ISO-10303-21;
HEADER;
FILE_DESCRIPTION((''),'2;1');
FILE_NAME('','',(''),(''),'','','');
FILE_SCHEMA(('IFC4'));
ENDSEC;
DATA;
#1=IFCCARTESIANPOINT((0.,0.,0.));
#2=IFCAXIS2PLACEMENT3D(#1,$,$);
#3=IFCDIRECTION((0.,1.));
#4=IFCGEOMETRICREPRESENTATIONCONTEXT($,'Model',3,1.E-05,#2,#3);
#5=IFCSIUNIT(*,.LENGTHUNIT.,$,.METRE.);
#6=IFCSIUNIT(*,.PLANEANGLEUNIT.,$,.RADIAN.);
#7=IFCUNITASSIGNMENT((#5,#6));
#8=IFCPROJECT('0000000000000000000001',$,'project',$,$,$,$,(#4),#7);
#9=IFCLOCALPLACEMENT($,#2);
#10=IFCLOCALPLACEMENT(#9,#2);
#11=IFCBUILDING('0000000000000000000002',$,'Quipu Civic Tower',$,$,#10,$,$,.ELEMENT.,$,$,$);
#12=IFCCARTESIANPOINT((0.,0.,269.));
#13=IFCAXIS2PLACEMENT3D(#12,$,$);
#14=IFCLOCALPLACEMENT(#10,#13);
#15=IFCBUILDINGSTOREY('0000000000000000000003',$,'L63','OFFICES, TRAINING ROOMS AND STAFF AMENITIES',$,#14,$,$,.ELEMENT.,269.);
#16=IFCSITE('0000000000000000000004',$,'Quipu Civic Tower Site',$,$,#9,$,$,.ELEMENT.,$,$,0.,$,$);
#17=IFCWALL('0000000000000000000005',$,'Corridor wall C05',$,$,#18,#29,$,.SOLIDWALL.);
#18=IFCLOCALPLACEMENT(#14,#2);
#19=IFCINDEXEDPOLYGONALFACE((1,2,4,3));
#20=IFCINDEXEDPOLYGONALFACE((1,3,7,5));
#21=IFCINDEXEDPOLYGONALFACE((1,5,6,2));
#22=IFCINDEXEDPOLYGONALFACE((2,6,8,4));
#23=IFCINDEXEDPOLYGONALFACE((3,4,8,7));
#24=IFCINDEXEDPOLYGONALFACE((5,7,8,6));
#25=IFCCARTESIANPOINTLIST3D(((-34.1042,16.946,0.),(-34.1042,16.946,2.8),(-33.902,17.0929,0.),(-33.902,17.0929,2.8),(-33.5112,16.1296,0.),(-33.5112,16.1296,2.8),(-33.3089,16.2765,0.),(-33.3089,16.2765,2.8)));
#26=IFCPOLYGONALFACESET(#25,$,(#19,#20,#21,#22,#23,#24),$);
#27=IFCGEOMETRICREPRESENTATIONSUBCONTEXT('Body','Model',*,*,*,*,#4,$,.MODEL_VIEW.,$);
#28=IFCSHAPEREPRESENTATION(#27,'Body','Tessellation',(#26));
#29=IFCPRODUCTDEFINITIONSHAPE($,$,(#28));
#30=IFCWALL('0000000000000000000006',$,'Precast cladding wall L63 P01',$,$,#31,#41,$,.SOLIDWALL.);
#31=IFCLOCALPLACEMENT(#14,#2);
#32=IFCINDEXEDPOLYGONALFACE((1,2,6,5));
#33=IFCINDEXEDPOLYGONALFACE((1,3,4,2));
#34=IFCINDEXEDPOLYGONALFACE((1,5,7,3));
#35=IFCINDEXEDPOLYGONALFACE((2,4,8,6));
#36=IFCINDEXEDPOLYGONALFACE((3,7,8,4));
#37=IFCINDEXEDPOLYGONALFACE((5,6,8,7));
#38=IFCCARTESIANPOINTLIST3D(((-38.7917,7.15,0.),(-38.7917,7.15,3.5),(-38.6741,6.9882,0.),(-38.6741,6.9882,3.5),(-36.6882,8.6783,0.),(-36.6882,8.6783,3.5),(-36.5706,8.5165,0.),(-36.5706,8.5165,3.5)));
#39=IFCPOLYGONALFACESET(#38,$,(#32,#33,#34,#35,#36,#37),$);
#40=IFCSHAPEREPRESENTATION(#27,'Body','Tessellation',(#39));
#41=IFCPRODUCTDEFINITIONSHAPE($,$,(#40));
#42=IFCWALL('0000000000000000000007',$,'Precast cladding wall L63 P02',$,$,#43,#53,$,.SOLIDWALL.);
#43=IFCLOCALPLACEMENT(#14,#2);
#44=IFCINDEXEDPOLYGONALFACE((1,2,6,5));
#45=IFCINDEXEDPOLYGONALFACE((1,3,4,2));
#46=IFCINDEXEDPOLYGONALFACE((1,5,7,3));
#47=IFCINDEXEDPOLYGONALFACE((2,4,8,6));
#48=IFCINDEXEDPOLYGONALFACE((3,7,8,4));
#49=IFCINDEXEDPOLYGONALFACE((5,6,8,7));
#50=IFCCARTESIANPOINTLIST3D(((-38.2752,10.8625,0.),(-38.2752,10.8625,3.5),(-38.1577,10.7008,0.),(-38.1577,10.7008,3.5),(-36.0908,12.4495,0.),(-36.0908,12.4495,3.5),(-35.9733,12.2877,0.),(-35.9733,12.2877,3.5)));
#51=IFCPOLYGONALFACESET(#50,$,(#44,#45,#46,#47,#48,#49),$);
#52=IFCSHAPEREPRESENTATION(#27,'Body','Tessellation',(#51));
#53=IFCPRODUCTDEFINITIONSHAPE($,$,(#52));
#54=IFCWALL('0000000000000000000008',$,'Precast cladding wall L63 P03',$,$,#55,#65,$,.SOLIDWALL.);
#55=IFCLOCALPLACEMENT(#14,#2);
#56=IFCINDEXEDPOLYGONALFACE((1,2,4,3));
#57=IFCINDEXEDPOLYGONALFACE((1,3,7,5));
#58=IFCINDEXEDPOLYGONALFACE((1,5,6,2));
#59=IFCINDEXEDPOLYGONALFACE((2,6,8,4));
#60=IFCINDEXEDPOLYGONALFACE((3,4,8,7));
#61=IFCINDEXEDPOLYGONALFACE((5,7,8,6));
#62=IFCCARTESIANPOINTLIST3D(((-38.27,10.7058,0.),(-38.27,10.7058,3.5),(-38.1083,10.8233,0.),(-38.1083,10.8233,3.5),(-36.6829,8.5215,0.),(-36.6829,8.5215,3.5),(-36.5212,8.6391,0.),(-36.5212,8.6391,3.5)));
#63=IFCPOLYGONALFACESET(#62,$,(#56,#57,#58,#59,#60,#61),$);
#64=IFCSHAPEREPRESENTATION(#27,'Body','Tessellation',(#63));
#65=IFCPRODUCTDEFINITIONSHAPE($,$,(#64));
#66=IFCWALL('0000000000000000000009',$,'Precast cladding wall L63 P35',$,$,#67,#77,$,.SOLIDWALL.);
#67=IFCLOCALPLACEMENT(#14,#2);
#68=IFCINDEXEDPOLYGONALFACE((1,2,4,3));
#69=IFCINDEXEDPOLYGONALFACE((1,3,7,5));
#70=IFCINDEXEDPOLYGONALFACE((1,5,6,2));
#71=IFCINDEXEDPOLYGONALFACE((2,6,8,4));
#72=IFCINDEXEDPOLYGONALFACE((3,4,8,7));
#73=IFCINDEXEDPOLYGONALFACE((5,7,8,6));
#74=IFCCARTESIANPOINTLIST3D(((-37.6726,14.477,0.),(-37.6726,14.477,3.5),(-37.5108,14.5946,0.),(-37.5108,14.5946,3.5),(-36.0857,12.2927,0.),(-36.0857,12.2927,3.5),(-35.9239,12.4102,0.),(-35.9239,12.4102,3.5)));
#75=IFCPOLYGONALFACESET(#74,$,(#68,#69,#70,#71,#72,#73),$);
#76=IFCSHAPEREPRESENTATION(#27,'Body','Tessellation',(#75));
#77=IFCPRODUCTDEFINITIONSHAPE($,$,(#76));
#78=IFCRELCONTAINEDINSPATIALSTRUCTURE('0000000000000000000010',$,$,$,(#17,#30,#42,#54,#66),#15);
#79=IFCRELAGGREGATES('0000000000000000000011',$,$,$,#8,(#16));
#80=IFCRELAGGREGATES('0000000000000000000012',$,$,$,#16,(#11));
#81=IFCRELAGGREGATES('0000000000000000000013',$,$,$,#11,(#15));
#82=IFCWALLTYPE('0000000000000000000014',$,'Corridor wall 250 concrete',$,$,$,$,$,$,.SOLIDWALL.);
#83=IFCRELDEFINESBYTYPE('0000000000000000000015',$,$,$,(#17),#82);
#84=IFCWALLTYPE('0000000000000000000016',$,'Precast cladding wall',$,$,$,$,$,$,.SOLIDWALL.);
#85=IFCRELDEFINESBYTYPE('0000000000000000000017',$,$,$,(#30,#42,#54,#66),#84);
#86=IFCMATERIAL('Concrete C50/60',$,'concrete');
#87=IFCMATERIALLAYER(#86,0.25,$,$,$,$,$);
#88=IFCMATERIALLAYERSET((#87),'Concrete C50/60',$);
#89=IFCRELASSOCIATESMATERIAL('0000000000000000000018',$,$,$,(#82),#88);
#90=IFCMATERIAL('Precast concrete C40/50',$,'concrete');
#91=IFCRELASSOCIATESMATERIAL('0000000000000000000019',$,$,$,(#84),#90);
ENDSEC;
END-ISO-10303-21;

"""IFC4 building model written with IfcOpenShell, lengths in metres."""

from ifc_helpers import new_model, si_unit, direction, frame, frame_2d, origin, place, context, subcontext, project, spatial, rectangle, extrude, material, layer, layer_set, type_object, element, save


model = new_model("IFC4")

# Units and contexts
model_context = context("Model", 3, precision=1e-05, world=origin(), true_north=direction((0.0, 1.0)))
body_context = subcontext(model_context, "Body", "Model", "MODEL_VIEW")
ifc_project = project(units=[si_unit("LENGTHUNIT", "METRE"), si_unit("PLANEANGLEUNIT", "RADIAN")], contexts=[model_context])

# Site, building, storey
site_placement = place(None, origin())
site = spatial("IfcSite", under=ifc_project, at=site_placement, Name="Quipu Civic Tower Site", CompositionType="ELEMENT", RefElevation=0.0)
building_placement = place(site_placement, origin())
building = spatial("IfcBuilding", under=site, at=building_placement, Name="Quipu Civic Tower", CompositionType="ELEMENT")
storey_placement = place(building_placement, frame((0.0, 0.0, 269.0)))
storey = spatial("IfcBuildingStorey", under=building, at=storey_placement, Name="L63", Description="OFFICES, TRAINING ROOMS AND STAFF AMENITIES", CompositionType="ELEMENT", Elevation=269.0)

# Walls
ifc_material_1 = material(Name="Concrete C50/60", Category="concrete")
ifc_layer_1 = layer(ifc_material_1, 0.25)
ifc_layer_set_1 = layer_set([ifc_layer_1], Name="Concrete C50/60")
wall_type_1 = type_object("IfcWallType", Name="Corridor wall 250 concrete", PredefinedType="SOLIDWALL", material=ifc_layer_set_1)
wall_1_placement = place(storey_placement, frame((-33.4102, 16.2031, 0.0), z_axis=(0.0, 0.0, 1.0), x_axis=(-0.587697, 0.809081, 0.0)))
element("IfcWall", 1, at=wall_1_placement, inside=storey, type_object=wall_type_1, Name="Corridor wall C05", PredefinedType="SOLIDWALL", context=body_context, shape_type="SweptSolid", body=[
    extrude(rectangle(XDim=1.009, YDim=0.25, at=frame_2d((0.5044, 0.0))), origin(), (0.0, 0.0, 1.0), 2.8),
])
ifc_material_2 = material(Name="Precast concrete C40/50", Category="concrete")
wall_type_2 = type_object("IfcWallType", Name="Precast cladding wall", PredefinedType="SOLIDWALL", material=ifc_material_2)
wall_2_placement = place(storey_placement, frame((-36.6294, 8.5974, 0.0), z_axis=(0.0, 0.0, 1.0), x_axis=(-0.809012, -0.587792, 0.0)))
element("IfcWall", 2, at=wall_2_placement, inside=storey, type_object=wall_type_2, Name="Precast cladding wall L63 P01", PredefinedType="SOLIDWALL", context=body_context, shape_type="SweptSolid", body=[
    extrude(rectangle(XDim=2.6001, YDim=0.2, at=frame_2d((1.3, 0.0))), origin(), (0.0, 0.0, 1.0), 3.5),
])
for number, where, z_axis, x_axis, name in (
    (3, (-36.032, 12.3687, 0.0), (0.0, 0.0, 1.0), (-0.809033, -0.587763, 0.0), "Precast cladding wall L63 P02"),
    (4, (-38.1892, 10.7646, 0.0), (0.0, 0.0, 1.0), (0.587822, -0.80899, 0.0), "Precast cladding wall L63 P03"),
    (5, (-37.5918, 14.5359, 0.0), (0.0, 0.0, 1.0), (0.587763, -0.809033, 0.0), "Precast cladding wall L63 P35"),
):
    element("IfcWall", number, at=place(storey_placement, frame(where, z_axis=z_axis, x_axis=x_axis)), inside=storey, type_object=wall_type_2, Name=name, PredefinedType="SOLIDWALL", context=body_context, shape_type="SweptSolid", body=[
        extrude(rectangle(XDim=2.7, YDim=0.2, at=frame_2d((1.3501, 0.0))), origin(), (0.0, 0.0, 1.0), 3.5),
    ])

save(model, "model.ifc")
